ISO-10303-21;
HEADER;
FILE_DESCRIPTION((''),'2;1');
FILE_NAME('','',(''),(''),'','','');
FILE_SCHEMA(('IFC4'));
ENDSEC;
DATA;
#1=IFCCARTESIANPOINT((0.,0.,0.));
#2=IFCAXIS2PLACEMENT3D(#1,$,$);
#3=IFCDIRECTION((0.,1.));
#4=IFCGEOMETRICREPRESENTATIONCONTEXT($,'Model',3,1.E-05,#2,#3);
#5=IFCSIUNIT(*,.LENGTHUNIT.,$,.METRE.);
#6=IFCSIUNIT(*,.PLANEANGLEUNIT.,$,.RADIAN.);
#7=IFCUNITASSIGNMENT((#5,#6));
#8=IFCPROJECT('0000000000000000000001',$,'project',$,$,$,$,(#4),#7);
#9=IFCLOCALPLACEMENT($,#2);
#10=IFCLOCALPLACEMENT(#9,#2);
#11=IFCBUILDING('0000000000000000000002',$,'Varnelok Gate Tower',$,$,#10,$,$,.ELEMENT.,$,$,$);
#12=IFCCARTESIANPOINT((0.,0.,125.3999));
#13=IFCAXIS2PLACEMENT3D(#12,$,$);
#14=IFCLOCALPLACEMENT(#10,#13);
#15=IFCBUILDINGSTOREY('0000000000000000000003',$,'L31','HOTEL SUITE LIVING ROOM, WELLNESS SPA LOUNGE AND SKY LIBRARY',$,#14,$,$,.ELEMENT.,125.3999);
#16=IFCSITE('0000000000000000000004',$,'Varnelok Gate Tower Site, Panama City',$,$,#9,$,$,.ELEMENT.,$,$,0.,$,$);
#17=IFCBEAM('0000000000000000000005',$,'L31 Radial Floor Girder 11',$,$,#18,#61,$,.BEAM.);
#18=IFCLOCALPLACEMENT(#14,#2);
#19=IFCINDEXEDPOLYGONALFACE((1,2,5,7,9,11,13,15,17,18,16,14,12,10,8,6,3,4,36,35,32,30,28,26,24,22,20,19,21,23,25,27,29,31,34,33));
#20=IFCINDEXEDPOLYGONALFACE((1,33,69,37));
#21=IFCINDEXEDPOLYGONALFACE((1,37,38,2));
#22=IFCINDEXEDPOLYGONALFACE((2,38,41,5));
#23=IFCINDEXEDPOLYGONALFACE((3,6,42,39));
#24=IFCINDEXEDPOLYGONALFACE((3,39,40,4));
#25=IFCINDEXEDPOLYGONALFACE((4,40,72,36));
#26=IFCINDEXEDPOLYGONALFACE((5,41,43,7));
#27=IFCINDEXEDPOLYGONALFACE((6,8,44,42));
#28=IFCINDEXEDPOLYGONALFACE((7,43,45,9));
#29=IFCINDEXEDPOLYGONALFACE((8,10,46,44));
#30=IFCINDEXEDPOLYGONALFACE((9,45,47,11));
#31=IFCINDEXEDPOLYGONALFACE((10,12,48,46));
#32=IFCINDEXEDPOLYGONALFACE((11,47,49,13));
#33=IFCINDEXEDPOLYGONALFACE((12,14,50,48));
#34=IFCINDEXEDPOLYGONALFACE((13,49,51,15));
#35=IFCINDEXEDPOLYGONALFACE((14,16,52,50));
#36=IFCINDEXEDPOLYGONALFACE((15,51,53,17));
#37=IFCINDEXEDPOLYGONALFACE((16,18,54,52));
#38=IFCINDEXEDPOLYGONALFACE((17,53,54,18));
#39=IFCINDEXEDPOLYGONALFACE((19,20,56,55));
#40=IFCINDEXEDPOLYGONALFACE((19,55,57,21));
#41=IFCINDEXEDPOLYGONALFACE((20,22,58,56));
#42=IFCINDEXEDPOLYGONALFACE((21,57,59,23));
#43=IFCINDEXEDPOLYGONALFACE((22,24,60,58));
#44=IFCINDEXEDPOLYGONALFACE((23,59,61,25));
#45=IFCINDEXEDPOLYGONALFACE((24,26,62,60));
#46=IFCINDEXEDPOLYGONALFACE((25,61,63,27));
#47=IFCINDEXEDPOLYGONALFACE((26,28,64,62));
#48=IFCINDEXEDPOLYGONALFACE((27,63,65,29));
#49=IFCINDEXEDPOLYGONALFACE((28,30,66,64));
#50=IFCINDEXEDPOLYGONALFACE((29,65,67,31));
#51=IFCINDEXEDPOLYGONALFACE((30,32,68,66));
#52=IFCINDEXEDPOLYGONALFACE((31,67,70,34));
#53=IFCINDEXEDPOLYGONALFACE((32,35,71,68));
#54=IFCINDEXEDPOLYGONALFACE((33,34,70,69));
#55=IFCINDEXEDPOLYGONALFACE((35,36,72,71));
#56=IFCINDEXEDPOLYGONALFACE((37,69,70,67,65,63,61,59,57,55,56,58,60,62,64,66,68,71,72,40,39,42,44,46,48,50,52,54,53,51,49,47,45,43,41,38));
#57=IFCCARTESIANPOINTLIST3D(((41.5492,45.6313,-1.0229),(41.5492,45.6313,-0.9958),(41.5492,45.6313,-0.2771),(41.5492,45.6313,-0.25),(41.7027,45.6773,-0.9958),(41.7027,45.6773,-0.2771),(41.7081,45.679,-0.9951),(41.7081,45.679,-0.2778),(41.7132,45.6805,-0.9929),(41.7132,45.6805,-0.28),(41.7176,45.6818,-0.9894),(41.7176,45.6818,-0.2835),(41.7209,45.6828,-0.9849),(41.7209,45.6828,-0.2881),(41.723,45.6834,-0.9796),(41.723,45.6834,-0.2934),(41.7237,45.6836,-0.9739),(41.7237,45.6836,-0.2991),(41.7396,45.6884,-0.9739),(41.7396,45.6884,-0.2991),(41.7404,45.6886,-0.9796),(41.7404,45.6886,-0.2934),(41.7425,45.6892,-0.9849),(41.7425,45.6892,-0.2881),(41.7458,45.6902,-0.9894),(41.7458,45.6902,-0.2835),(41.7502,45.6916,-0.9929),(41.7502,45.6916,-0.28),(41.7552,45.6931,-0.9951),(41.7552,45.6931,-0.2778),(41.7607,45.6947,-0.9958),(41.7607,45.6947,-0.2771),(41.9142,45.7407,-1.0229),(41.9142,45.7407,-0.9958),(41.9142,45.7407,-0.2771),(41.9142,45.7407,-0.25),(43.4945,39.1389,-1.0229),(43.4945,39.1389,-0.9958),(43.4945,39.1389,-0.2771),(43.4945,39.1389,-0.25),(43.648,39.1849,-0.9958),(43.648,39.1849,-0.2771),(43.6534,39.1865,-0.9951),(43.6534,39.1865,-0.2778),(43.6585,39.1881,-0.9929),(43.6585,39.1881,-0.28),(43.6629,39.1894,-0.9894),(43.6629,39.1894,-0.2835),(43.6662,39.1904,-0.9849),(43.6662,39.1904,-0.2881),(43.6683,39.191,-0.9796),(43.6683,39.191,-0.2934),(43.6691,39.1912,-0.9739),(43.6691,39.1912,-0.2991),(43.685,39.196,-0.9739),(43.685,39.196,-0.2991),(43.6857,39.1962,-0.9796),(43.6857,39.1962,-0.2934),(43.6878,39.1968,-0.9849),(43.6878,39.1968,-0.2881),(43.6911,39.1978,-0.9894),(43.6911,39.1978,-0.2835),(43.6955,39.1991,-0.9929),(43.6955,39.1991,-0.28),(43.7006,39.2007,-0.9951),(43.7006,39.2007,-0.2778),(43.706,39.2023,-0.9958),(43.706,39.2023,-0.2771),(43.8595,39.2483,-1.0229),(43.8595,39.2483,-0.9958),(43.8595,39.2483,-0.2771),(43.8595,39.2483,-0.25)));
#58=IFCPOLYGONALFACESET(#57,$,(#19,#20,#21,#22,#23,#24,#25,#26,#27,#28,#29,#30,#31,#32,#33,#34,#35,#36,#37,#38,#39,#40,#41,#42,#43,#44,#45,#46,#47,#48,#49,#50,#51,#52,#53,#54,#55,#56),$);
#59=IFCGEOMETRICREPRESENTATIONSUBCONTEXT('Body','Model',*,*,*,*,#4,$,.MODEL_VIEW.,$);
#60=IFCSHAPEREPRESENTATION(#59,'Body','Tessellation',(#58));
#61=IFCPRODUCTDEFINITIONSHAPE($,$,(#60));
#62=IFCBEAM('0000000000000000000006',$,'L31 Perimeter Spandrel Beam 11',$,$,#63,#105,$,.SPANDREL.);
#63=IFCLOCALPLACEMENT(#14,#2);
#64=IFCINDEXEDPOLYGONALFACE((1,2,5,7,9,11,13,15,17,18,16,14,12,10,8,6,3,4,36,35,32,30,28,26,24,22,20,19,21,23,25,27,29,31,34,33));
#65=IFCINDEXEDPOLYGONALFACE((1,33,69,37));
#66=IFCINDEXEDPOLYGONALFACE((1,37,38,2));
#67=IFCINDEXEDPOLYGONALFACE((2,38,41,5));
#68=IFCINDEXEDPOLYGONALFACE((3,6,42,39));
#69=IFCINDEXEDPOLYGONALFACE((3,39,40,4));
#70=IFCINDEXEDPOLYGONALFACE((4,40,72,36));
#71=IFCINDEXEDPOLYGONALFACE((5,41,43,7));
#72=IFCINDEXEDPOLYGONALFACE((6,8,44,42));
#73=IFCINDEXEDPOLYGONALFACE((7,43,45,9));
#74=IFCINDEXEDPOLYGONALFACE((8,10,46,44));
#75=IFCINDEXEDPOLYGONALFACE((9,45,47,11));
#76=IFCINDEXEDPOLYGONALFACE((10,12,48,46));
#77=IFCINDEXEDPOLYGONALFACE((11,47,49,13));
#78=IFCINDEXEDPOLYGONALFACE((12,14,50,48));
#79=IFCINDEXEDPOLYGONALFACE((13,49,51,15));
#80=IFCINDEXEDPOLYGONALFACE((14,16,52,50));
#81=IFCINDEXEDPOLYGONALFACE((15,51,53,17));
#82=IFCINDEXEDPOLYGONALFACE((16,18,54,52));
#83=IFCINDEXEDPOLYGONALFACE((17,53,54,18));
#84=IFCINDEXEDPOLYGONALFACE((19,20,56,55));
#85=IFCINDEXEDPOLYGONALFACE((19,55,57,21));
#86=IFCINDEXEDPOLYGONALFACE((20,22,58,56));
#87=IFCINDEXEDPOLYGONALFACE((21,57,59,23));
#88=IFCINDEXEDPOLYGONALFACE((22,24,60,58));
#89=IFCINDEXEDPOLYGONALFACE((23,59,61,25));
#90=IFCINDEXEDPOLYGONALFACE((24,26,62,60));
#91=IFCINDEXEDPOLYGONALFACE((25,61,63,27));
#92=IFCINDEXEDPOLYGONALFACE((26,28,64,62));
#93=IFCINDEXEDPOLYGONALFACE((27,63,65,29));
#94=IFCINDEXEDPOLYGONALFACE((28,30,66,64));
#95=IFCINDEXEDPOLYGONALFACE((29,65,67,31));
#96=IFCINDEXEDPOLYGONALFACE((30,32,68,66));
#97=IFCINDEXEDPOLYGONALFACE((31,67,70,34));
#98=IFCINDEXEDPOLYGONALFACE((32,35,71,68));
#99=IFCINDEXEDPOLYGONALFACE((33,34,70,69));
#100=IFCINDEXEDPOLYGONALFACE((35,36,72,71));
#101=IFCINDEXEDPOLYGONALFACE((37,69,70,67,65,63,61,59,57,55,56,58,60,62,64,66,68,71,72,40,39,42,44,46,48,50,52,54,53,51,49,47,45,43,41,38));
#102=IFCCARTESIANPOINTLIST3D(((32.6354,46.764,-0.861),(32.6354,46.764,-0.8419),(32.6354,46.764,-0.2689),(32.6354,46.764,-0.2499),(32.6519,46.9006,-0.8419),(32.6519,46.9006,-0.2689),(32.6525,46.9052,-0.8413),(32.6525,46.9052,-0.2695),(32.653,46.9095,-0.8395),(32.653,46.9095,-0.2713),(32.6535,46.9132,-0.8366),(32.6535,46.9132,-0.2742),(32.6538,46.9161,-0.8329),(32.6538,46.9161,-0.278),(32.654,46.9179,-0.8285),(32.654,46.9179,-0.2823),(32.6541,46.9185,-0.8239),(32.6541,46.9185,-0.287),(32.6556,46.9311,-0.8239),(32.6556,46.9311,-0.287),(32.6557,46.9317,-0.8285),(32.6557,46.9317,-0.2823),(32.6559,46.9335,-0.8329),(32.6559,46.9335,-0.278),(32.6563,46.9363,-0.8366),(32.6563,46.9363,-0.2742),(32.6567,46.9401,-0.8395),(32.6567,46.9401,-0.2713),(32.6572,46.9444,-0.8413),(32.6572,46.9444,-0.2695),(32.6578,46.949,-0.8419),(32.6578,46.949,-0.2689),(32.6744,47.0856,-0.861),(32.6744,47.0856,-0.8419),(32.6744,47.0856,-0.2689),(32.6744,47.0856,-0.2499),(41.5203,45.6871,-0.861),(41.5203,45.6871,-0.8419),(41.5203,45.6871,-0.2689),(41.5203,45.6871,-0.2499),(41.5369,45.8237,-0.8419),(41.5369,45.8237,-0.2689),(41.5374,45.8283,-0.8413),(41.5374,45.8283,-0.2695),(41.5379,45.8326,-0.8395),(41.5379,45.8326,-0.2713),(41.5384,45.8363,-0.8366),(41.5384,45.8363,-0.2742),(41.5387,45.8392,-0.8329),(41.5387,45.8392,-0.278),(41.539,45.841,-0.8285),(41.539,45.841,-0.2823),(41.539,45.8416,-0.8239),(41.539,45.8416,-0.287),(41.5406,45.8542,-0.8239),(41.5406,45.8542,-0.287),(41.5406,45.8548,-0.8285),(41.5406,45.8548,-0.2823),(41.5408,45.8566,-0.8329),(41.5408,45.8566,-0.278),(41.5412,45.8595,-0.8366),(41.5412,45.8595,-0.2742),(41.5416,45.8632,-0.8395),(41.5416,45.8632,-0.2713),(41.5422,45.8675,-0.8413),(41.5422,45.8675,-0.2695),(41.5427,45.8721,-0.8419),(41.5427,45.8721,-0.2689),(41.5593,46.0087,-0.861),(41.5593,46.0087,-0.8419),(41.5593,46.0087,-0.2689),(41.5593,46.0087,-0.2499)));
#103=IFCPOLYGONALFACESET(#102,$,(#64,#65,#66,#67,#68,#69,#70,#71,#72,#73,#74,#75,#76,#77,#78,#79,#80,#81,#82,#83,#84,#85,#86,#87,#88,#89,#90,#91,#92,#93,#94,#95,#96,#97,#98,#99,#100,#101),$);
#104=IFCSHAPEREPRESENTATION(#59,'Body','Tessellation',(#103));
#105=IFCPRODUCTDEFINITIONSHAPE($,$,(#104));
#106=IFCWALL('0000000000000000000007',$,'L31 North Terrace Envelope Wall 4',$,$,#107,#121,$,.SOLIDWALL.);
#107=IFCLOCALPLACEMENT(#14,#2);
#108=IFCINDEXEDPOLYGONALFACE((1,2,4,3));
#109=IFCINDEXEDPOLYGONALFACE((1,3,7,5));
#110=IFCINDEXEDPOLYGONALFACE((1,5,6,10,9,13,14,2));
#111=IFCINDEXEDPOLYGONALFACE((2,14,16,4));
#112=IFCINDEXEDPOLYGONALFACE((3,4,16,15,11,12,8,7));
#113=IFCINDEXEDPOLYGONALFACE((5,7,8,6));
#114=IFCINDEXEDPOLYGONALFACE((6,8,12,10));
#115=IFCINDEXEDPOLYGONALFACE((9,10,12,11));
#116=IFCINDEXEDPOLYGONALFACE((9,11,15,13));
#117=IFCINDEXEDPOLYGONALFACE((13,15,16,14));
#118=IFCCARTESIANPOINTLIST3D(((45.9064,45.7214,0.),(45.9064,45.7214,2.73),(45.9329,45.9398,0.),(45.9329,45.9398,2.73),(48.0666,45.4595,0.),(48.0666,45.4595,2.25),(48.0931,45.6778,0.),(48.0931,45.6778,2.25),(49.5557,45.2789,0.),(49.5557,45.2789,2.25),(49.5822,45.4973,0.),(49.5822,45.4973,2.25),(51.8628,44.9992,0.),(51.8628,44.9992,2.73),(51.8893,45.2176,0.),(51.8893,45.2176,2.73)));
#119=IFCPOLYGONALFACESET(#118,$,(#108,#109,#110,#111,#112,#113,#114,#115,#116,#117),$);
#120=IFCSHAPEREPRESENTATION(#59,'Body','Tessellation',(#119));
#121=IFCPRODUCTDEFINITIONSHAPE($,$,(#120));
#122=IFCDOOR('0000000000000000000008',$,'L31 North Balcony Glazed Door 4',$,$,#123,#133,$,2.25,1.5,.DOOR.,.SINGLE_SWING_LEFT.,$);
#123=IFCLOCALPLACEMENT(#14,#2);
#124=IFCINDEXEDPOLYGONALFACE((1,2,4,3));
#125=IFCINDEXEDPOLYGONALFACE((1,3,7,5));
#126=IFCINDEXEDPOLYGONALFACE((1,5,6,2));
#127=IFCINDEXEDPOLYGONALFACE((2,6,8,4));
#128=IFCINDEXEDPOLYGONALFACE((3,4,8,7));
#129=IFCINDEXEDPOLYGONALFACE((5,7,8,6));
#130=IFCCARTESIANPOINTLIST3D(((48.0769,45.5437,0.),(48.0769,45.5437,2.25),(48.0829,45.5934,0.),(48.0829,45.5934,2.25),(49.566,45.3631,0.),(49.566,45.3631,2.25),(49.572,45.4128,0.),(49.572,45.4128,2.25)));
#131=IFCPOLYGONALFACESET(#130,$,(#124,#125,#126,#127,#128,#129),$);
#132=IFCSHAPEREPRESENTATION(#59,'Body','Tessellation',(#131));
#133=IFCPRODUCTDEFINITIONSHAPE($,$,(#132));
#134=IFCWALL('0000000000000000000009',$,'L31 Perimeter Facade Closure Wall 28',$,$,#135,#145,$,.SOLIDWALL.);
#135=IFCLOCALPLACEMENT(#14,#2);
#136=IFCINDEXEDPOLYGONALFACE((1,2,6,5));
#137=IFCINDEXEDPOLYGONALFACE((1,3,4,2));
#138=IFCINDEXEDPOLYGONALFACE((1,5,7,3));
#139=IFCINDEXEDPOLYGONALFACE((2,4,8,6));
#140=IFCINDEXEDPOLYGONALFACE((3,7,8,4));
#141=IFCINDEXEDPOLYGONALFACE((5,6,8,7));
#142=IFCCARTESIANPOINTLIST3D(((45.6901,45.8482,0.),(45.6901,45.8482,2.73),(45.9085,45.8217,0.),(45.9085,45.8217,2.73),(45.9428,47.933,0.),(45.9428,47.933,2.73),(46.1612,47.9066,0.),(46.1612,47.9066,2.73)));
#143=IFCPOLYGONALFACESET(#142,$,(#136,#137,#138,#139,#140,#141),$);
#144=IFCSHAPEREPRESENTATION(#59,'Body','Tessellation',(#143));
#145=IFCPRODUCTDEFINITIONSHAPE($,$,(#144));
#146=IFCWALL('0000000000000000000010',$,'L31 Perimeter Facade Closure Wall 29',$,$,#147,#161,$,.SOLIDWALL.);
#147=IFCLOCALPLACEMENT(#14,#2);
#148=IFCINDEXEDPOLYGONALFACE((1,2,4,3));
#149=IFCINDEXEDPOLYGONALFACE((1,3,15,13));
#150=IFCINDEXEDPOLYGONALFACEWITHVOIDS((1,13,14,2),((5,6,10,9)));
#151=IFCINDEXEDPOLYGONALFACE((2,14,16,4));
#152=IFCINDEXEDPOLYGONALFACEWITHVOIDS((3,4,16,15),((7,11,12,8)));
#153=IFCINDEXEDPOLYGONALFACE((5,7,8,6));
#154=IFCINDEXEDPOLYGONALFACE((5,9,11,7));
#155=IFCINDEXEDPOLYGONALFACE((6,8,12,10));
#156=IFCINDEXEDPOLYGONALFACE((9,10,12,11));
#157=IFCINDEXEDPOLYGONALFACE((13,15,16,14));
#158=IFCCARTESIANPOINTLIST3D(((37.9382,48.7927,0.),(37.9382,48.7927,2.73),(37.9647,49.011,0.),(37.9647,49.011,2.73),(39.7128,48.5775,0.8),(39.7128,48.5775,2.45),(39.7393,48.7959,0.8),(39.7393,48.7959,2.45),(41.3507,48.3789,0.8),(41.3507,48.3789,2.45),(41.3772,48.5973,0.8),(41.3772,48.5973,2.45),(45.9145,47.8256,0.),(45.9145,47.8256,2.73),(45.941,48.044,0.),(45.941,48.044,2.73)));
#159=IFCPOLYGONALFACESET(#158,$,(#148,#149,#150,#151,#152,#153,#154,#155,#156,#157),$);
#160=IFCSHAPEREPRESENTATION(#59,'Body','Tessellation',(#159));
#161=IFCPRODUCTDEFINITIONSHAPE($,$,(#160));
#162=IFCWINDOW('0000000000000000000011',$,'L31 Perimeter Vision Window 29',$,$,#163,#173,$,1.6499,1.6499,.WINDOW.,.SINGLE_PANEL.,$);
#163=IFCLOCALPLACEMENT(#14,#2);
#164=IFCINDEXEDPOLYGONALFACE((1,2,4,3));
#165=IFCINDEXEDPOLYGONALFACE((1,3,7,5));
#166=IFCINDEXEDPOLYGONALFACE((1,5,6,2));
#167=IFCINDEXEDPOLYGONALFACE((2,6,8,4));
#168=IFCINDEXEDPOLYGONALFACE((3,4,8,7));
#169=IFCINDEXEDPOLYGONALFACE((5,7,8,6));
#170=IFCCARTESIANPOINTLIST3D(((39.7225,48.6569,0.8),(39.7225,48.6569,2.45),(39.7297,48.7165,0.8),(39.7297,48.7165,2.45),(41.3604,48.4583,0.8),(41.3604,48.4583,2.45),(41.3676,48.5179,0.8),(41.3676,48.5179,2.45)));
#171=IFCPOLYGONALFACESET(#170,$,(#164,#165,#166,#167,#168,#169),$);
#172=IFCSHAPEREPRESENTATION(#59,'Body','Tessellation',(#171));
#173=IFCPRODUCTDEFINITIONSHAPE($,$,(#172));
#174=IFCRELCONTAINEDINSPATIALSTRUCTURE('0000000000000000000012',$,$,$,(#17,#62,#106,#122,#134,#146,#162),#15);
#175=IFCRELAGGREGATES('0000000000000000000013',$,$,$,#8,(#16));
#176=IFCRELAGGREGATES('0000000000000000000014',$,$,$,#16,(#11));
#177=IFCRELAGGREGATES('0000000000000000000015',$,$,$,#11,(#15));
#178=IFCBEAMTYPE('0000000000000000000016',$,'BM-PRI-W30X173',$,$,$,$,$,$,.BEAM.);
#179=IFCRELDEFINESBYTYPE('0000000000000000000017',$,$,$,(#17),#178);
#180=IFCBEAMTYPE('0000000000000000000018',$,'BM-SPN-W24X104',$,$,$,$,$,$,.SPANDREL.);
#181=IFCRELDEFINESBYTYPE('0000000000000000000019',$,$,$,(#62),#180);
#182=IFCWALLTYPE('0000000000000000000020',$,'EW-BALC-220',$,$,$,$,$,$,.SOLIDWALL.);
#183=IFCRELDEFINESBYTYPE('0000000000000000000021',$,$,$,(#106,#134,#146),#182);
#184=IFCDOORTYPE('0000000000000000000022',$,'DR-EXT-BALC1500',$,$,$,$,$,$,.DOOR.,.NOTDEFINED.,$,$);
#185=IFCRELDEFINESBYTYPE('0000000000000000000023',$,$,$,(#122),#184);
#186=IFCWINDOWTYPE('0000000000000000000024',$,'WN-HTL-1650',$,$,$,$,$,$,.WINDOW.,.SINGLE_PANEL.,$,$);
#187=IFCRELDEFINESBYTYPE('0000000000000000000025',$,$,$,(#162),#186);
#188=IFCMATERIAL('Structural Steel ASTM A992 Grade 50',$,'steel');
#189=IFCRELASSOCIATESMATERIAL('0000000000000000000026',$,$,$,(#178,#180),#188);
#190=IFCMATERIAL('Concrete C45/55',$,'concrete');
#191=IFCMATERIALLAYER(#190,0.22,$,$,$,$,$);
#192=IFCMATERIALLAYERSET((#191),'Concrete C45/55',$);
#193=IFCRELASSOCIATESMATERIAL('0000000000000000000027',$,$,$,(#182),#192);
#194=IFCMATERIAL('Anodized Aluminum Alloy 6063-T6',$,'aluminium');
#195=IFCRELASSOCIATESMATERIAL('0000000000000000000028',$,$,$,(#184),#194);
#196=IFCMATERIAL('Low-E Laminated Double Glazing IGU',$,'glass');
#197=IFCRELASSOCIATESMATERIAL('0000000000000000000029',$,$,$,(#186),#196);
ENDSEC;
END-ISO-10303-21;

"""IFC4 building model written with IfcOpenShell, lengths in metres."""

from ifc_helpers import new_model, si_unit, direction, frame, frame_2d, origin, origin_2d, place, context, subcontext, project, spatial, rectangle, i_section, extrude, material, layer, layer_set, material_profile, profile_set, type_object, element, fill, save


model = new_model("IFC4")

# Units and contexts
model_context = context("Model", 3, precision=1e-05, world=origin(), true_north=direction((0.0, 1.0)))
body_context = subcontext(model_context, "Body", "Model", "MODEL_VIEW")
ifc_project = project(units=[si_unit("LENGTHUNIT", "METRE"), si_unit("PLANEANGLEUNIT", "RADIAN")], contexts=[model_context])

# Site, building, storey
site_placement = place(None, origin())
site = spatial("IfcSite", under=ifc_project, at=site_placement, Name="Varnelok Gate Tower Site, Panama City", CompositionType="ELEMENT", RefElevation=0.0)
building_placement = place(site_placement, origin())
building = spatial("IfcBuilding", under=site, at=building_placement, Name="Varnelok Gate Tower", CompositionType="ELEMENT")
storey_placement = place(building_placement, frame((0.0, 0.0, 125.3999)))
storey = spatial("IfcBuildingStorey", under=building, at=storey_placement, Name="L31", Description="HOTEL SUITE LIVING ROOM, WELLNESS SPA LOUNGE AND SKY LIBRARY", CompositionType="ELEMENT", Elevation=125.3999)

# Shared definitions
ifc_material_1 = material(Name="Structural Steel ASTM A992 Grade 50", Category="steel")

# Beams
ifc_material_profile_1 = material_profile(ifc_material_1, i_section(OverallWidth=0.3811, OverallDepth=0.7729, WebThickness=0.0166, FlangeThickness=0.0271, FilletRadius=0.022, at=origin_2d()), Name="W30X173")
ifc_profile_set_1 = profile_set([ifc_material_profile_1], Name="Structural Steel ASTM A992 Grade 50")
beam_type_1 = type_object("IfcBeamType", Name="BM-PRI-W30X173", PredefinedType="BEAM", material=ifc_profile_set_1)
beam_1_placement = place(storey_placement, frame((43.677, 39.1936, -0.6365), z_axis=(-0.287021, 0.957924, 0.0), x_axis=(-0.957924, -0.287021, 0.0)))
element("IfcBeam", 1, at=beam_1_placement, inside=storey, type_object=beam_type_1, Name="L31 Radial Floor Girder 11", PredefinedType="BEAM", context=body_context, shape_type="SweptSolid", body=[
    extrude(i_section(OverallWidth=0.3811, OverallDepth=0.7729, WebThickness=0.0166, FlangeThickness=0.0271, FilletRadius=0.022, at=origin_2d()), origin(), (0.0, 0.0, 1.0), 6.7776),
])
ifc_material_profile_2 = material_profile(ifc_material_1, i_section(OverallWidth=0.324, OverallDepth=0.6111, WebThickness=0.0127, FlangeThickness=0.019, FilletRadius=0.0181, at=origin_2d()), Name="W24X104")
ifc_profile_set_2 = profile_set([ifc_material_profile_2], Name="Structural Steel ASTM A992 Grade 50")
beam_type_2 = type_object("IfcBeamType", Name="BM-SPN-W24X104", PredefinedType="SPANDREL", material=ifc_profile_set_2)
beam_2_placement = place(storey_placement, frame((41.5398, 45.8479, -0.5554), z_axis=(-0.992735, 0.120324, 0.0), x_axis=(-0.120324, -0.992735, 0.0)))
element("IfcBeam", 2, at=beam_2_placement, inside=storey, type_object=beam_type_2, Name="L31 Perimeter Spandrel Beam 11", PredefinedType="SPANDREL", context=body_context, shape_type="SweptSolid", body=[
    extrude(i_section(OverallWidth=0.324, OverallDepth=0.6111, WebThickness=0.0127, FlangeThickness=0.019, FilletRadius=0.0181, at=origin_2d()), origin(), (0.0, 0.0, 1.0), 8.95),
])

# Wall, opening, door
ifc_material_2 = material(Name="Concrete C45/55", Category="concrete")
ifc_layer_1 = layer(ifc_material_2, 0.22)
ifc_layer_set_1 = layer_set([ifc_layer_1], Name="Concrete C45/55")
wall_type_1 = type_object("IfcWallType", Name="EW-BALC-220", PredefinedType="SOLIDWALL", material=ifc_layer_set_1)
wall_1_placement = place(storey_placement, frame((45.9197, 45.8306, 0.0), z_axis=(0.0, 0.0, 1.0), x_axis=(0.99273, -0.120363, 0.0)))
wall_1 = element("IfcWall", 3, at=wall_1_placement, inside=storey, type_object=wall_type_1, Name="L31 North Terrace Envelope Wall 4", PredefinedType="SOLIDWALL", context=body_context, shape_type="SweptSolid", body=[
    extrude(rectangle(XDim=6.0, YDim=0.22, at=frame_2d((3.0, 0.0))), origin(), (0.0, 0.0, 1.0), 2.73),
])
opening_1_placement = place(wall_1_placement, frame((2.176, 0.0, 0.0)))
opening_1 = element("IfcOpeningElement", 4, at=opening_1_placement, cuts=wall_1, PredefinedType="OPENING", context=body_context, shape_type="SweptSolid", body=[
    extrude(rectangle(XDim=1.5, YDim=2.25, at=frame_2d((0.75, 1.125))), frame((0.0, 0.1199, 0.0), z_axis=(0.0, -1.0, 0.0), x_axis=(1.0, 0.0, 0.0)), (0.0, 0.0, 1.0), 0.24),
])
ifc_material_3 = material(Name="Anodized Aluminum Alloy 6063-T6", Category="aluminium")
door_type_1 = type_object("IfcDoorType", Name="DR-EXT-BALC1500", OperationType="NOTDEFINED", PredefinedType="DOOR", material=ifc_material_3)
door_1_placement = place(opening_1_placement, origin())
door_1 = element("IfcDoor", 5, at=door_1_placement, inside=storey, type_object=door_type_1, Name="L31 North Balcony Glazed Door 4", OperationType="SINGLE_SWING_LEFT", OverallHeight=2.25, OverallWidth=1.5, PredefinedType="DOOR", context=body_context, shape_type="SweptSolid", body=[
    extrude(rectangle(XDim=1.5, YDim=2.25, at=frame_2d((0.75, 1.125))), frame((0.0, 0.0249, 0.0), z_axis=(0.0, -1.0, 0.0), x_axis=(1.0, 0.0, 0.0)), (0.0, 0.0, 1.0), 0.05),
])
fill(opening_1, door_1)

# Wall
wall_2_placement = place(storey_placement, frame((45.7993, 45.835, 0.0), z_axis=(0.0, 0.0, 1.0), x_axis=(0.120314, 0.992736, 0.0)))
element("IfcWall", 6, at=wall_2_placement, inside=storey, type_object=wall_type_1, Name="L31 Perimeter Facade Closure Wall 28", PredefinedType="SOLIDWALL", context=body_context, shape_type="SweptSolid", body=[
    extrude(rectangle(XDim=2.1001, YDim=0.22, at=frame_2d((1.05, 0.0))), origin(), (0.0, 0.0, 1.0), 2.73),
])

# Wall, opening, window
wall_3_placement = place(storey_placement, frame((45.9277, 47.9348, 0.0), z_axis=(0.0, 0.0, 1.0), x_axis=(-0.992731, 0.120358, 0.0)))
wall_3 = element("IfcWall", 7, at=wall_3_placement, inside=storey, type_object=wall_type_1, Name="L31 Perimeter Facade Closure Wall 29", PredefinedType="SOLIDWALL", context=body_context, shape_type="SweptSolid", body=[
    extrude(rectangle(XDim=8.0347, YDim=0.22, at=frame_2d((4.0173, 0.0))), origin(), (0.0, 0.0, 1.0), 2.73),
])
opening_2_placement = place(wall_3_placement, frame((4.5972, 0.0, 0.8)))
opening_2 = element("IfcOpeningElement", 8, at=opening_2_placement, cuts=wall_3, PredefinedType="OPENING", context=body_context, shape_type="SweptSolid", body=[
    extrude(rectangle(XDim=1.6499, YDim=1.6499, at=frame_2d((0.825, 0.825))), frame((0.0, 0.1199, 0.0), z_axis=(0.0, -1.0, 0.0), x_axis=(1.0, 0.0, 0.0)), (0.0, 0.0, 1.0), 0.24),
])
ifc_material_4 = material(Name="Low-E Laminated Double Glazing IGU", Category="glass")
window_type = type_object("IfcWindowType", Name="WN-HTL-1650", PartitioningType="SINGLE_PANEL", PredefinedType="WINDOW", material=ifc_material_4)
window_placement = place(opening_2_placement, origin())
window = element("IfcWindow", 9, at=window_placement, inside=storey, type_object=window_type, Name="L31 Perimeter Vision Window 29", OverallHeight=1.6499, OverallWidth=1.6499, PartitioningType="SINGLE_PANEL", PredefinedType="WINDOW", context=body_context, shape_type="SweptSolid", body=[
    extrude(rectangle(XDim=1.6499, YDim=1.6499, at=frame_2d((0.825, 0.825))), frame((0.0, 0.03, 0.0), z_axis=(0.0, -1.0, 0.0), x_axis=(1.0, 0.0, 0.0)), (0.0, 0.0, 1.0), 0.0601),
])
fill(opening_2, window)

save(model, "model.ifc")
